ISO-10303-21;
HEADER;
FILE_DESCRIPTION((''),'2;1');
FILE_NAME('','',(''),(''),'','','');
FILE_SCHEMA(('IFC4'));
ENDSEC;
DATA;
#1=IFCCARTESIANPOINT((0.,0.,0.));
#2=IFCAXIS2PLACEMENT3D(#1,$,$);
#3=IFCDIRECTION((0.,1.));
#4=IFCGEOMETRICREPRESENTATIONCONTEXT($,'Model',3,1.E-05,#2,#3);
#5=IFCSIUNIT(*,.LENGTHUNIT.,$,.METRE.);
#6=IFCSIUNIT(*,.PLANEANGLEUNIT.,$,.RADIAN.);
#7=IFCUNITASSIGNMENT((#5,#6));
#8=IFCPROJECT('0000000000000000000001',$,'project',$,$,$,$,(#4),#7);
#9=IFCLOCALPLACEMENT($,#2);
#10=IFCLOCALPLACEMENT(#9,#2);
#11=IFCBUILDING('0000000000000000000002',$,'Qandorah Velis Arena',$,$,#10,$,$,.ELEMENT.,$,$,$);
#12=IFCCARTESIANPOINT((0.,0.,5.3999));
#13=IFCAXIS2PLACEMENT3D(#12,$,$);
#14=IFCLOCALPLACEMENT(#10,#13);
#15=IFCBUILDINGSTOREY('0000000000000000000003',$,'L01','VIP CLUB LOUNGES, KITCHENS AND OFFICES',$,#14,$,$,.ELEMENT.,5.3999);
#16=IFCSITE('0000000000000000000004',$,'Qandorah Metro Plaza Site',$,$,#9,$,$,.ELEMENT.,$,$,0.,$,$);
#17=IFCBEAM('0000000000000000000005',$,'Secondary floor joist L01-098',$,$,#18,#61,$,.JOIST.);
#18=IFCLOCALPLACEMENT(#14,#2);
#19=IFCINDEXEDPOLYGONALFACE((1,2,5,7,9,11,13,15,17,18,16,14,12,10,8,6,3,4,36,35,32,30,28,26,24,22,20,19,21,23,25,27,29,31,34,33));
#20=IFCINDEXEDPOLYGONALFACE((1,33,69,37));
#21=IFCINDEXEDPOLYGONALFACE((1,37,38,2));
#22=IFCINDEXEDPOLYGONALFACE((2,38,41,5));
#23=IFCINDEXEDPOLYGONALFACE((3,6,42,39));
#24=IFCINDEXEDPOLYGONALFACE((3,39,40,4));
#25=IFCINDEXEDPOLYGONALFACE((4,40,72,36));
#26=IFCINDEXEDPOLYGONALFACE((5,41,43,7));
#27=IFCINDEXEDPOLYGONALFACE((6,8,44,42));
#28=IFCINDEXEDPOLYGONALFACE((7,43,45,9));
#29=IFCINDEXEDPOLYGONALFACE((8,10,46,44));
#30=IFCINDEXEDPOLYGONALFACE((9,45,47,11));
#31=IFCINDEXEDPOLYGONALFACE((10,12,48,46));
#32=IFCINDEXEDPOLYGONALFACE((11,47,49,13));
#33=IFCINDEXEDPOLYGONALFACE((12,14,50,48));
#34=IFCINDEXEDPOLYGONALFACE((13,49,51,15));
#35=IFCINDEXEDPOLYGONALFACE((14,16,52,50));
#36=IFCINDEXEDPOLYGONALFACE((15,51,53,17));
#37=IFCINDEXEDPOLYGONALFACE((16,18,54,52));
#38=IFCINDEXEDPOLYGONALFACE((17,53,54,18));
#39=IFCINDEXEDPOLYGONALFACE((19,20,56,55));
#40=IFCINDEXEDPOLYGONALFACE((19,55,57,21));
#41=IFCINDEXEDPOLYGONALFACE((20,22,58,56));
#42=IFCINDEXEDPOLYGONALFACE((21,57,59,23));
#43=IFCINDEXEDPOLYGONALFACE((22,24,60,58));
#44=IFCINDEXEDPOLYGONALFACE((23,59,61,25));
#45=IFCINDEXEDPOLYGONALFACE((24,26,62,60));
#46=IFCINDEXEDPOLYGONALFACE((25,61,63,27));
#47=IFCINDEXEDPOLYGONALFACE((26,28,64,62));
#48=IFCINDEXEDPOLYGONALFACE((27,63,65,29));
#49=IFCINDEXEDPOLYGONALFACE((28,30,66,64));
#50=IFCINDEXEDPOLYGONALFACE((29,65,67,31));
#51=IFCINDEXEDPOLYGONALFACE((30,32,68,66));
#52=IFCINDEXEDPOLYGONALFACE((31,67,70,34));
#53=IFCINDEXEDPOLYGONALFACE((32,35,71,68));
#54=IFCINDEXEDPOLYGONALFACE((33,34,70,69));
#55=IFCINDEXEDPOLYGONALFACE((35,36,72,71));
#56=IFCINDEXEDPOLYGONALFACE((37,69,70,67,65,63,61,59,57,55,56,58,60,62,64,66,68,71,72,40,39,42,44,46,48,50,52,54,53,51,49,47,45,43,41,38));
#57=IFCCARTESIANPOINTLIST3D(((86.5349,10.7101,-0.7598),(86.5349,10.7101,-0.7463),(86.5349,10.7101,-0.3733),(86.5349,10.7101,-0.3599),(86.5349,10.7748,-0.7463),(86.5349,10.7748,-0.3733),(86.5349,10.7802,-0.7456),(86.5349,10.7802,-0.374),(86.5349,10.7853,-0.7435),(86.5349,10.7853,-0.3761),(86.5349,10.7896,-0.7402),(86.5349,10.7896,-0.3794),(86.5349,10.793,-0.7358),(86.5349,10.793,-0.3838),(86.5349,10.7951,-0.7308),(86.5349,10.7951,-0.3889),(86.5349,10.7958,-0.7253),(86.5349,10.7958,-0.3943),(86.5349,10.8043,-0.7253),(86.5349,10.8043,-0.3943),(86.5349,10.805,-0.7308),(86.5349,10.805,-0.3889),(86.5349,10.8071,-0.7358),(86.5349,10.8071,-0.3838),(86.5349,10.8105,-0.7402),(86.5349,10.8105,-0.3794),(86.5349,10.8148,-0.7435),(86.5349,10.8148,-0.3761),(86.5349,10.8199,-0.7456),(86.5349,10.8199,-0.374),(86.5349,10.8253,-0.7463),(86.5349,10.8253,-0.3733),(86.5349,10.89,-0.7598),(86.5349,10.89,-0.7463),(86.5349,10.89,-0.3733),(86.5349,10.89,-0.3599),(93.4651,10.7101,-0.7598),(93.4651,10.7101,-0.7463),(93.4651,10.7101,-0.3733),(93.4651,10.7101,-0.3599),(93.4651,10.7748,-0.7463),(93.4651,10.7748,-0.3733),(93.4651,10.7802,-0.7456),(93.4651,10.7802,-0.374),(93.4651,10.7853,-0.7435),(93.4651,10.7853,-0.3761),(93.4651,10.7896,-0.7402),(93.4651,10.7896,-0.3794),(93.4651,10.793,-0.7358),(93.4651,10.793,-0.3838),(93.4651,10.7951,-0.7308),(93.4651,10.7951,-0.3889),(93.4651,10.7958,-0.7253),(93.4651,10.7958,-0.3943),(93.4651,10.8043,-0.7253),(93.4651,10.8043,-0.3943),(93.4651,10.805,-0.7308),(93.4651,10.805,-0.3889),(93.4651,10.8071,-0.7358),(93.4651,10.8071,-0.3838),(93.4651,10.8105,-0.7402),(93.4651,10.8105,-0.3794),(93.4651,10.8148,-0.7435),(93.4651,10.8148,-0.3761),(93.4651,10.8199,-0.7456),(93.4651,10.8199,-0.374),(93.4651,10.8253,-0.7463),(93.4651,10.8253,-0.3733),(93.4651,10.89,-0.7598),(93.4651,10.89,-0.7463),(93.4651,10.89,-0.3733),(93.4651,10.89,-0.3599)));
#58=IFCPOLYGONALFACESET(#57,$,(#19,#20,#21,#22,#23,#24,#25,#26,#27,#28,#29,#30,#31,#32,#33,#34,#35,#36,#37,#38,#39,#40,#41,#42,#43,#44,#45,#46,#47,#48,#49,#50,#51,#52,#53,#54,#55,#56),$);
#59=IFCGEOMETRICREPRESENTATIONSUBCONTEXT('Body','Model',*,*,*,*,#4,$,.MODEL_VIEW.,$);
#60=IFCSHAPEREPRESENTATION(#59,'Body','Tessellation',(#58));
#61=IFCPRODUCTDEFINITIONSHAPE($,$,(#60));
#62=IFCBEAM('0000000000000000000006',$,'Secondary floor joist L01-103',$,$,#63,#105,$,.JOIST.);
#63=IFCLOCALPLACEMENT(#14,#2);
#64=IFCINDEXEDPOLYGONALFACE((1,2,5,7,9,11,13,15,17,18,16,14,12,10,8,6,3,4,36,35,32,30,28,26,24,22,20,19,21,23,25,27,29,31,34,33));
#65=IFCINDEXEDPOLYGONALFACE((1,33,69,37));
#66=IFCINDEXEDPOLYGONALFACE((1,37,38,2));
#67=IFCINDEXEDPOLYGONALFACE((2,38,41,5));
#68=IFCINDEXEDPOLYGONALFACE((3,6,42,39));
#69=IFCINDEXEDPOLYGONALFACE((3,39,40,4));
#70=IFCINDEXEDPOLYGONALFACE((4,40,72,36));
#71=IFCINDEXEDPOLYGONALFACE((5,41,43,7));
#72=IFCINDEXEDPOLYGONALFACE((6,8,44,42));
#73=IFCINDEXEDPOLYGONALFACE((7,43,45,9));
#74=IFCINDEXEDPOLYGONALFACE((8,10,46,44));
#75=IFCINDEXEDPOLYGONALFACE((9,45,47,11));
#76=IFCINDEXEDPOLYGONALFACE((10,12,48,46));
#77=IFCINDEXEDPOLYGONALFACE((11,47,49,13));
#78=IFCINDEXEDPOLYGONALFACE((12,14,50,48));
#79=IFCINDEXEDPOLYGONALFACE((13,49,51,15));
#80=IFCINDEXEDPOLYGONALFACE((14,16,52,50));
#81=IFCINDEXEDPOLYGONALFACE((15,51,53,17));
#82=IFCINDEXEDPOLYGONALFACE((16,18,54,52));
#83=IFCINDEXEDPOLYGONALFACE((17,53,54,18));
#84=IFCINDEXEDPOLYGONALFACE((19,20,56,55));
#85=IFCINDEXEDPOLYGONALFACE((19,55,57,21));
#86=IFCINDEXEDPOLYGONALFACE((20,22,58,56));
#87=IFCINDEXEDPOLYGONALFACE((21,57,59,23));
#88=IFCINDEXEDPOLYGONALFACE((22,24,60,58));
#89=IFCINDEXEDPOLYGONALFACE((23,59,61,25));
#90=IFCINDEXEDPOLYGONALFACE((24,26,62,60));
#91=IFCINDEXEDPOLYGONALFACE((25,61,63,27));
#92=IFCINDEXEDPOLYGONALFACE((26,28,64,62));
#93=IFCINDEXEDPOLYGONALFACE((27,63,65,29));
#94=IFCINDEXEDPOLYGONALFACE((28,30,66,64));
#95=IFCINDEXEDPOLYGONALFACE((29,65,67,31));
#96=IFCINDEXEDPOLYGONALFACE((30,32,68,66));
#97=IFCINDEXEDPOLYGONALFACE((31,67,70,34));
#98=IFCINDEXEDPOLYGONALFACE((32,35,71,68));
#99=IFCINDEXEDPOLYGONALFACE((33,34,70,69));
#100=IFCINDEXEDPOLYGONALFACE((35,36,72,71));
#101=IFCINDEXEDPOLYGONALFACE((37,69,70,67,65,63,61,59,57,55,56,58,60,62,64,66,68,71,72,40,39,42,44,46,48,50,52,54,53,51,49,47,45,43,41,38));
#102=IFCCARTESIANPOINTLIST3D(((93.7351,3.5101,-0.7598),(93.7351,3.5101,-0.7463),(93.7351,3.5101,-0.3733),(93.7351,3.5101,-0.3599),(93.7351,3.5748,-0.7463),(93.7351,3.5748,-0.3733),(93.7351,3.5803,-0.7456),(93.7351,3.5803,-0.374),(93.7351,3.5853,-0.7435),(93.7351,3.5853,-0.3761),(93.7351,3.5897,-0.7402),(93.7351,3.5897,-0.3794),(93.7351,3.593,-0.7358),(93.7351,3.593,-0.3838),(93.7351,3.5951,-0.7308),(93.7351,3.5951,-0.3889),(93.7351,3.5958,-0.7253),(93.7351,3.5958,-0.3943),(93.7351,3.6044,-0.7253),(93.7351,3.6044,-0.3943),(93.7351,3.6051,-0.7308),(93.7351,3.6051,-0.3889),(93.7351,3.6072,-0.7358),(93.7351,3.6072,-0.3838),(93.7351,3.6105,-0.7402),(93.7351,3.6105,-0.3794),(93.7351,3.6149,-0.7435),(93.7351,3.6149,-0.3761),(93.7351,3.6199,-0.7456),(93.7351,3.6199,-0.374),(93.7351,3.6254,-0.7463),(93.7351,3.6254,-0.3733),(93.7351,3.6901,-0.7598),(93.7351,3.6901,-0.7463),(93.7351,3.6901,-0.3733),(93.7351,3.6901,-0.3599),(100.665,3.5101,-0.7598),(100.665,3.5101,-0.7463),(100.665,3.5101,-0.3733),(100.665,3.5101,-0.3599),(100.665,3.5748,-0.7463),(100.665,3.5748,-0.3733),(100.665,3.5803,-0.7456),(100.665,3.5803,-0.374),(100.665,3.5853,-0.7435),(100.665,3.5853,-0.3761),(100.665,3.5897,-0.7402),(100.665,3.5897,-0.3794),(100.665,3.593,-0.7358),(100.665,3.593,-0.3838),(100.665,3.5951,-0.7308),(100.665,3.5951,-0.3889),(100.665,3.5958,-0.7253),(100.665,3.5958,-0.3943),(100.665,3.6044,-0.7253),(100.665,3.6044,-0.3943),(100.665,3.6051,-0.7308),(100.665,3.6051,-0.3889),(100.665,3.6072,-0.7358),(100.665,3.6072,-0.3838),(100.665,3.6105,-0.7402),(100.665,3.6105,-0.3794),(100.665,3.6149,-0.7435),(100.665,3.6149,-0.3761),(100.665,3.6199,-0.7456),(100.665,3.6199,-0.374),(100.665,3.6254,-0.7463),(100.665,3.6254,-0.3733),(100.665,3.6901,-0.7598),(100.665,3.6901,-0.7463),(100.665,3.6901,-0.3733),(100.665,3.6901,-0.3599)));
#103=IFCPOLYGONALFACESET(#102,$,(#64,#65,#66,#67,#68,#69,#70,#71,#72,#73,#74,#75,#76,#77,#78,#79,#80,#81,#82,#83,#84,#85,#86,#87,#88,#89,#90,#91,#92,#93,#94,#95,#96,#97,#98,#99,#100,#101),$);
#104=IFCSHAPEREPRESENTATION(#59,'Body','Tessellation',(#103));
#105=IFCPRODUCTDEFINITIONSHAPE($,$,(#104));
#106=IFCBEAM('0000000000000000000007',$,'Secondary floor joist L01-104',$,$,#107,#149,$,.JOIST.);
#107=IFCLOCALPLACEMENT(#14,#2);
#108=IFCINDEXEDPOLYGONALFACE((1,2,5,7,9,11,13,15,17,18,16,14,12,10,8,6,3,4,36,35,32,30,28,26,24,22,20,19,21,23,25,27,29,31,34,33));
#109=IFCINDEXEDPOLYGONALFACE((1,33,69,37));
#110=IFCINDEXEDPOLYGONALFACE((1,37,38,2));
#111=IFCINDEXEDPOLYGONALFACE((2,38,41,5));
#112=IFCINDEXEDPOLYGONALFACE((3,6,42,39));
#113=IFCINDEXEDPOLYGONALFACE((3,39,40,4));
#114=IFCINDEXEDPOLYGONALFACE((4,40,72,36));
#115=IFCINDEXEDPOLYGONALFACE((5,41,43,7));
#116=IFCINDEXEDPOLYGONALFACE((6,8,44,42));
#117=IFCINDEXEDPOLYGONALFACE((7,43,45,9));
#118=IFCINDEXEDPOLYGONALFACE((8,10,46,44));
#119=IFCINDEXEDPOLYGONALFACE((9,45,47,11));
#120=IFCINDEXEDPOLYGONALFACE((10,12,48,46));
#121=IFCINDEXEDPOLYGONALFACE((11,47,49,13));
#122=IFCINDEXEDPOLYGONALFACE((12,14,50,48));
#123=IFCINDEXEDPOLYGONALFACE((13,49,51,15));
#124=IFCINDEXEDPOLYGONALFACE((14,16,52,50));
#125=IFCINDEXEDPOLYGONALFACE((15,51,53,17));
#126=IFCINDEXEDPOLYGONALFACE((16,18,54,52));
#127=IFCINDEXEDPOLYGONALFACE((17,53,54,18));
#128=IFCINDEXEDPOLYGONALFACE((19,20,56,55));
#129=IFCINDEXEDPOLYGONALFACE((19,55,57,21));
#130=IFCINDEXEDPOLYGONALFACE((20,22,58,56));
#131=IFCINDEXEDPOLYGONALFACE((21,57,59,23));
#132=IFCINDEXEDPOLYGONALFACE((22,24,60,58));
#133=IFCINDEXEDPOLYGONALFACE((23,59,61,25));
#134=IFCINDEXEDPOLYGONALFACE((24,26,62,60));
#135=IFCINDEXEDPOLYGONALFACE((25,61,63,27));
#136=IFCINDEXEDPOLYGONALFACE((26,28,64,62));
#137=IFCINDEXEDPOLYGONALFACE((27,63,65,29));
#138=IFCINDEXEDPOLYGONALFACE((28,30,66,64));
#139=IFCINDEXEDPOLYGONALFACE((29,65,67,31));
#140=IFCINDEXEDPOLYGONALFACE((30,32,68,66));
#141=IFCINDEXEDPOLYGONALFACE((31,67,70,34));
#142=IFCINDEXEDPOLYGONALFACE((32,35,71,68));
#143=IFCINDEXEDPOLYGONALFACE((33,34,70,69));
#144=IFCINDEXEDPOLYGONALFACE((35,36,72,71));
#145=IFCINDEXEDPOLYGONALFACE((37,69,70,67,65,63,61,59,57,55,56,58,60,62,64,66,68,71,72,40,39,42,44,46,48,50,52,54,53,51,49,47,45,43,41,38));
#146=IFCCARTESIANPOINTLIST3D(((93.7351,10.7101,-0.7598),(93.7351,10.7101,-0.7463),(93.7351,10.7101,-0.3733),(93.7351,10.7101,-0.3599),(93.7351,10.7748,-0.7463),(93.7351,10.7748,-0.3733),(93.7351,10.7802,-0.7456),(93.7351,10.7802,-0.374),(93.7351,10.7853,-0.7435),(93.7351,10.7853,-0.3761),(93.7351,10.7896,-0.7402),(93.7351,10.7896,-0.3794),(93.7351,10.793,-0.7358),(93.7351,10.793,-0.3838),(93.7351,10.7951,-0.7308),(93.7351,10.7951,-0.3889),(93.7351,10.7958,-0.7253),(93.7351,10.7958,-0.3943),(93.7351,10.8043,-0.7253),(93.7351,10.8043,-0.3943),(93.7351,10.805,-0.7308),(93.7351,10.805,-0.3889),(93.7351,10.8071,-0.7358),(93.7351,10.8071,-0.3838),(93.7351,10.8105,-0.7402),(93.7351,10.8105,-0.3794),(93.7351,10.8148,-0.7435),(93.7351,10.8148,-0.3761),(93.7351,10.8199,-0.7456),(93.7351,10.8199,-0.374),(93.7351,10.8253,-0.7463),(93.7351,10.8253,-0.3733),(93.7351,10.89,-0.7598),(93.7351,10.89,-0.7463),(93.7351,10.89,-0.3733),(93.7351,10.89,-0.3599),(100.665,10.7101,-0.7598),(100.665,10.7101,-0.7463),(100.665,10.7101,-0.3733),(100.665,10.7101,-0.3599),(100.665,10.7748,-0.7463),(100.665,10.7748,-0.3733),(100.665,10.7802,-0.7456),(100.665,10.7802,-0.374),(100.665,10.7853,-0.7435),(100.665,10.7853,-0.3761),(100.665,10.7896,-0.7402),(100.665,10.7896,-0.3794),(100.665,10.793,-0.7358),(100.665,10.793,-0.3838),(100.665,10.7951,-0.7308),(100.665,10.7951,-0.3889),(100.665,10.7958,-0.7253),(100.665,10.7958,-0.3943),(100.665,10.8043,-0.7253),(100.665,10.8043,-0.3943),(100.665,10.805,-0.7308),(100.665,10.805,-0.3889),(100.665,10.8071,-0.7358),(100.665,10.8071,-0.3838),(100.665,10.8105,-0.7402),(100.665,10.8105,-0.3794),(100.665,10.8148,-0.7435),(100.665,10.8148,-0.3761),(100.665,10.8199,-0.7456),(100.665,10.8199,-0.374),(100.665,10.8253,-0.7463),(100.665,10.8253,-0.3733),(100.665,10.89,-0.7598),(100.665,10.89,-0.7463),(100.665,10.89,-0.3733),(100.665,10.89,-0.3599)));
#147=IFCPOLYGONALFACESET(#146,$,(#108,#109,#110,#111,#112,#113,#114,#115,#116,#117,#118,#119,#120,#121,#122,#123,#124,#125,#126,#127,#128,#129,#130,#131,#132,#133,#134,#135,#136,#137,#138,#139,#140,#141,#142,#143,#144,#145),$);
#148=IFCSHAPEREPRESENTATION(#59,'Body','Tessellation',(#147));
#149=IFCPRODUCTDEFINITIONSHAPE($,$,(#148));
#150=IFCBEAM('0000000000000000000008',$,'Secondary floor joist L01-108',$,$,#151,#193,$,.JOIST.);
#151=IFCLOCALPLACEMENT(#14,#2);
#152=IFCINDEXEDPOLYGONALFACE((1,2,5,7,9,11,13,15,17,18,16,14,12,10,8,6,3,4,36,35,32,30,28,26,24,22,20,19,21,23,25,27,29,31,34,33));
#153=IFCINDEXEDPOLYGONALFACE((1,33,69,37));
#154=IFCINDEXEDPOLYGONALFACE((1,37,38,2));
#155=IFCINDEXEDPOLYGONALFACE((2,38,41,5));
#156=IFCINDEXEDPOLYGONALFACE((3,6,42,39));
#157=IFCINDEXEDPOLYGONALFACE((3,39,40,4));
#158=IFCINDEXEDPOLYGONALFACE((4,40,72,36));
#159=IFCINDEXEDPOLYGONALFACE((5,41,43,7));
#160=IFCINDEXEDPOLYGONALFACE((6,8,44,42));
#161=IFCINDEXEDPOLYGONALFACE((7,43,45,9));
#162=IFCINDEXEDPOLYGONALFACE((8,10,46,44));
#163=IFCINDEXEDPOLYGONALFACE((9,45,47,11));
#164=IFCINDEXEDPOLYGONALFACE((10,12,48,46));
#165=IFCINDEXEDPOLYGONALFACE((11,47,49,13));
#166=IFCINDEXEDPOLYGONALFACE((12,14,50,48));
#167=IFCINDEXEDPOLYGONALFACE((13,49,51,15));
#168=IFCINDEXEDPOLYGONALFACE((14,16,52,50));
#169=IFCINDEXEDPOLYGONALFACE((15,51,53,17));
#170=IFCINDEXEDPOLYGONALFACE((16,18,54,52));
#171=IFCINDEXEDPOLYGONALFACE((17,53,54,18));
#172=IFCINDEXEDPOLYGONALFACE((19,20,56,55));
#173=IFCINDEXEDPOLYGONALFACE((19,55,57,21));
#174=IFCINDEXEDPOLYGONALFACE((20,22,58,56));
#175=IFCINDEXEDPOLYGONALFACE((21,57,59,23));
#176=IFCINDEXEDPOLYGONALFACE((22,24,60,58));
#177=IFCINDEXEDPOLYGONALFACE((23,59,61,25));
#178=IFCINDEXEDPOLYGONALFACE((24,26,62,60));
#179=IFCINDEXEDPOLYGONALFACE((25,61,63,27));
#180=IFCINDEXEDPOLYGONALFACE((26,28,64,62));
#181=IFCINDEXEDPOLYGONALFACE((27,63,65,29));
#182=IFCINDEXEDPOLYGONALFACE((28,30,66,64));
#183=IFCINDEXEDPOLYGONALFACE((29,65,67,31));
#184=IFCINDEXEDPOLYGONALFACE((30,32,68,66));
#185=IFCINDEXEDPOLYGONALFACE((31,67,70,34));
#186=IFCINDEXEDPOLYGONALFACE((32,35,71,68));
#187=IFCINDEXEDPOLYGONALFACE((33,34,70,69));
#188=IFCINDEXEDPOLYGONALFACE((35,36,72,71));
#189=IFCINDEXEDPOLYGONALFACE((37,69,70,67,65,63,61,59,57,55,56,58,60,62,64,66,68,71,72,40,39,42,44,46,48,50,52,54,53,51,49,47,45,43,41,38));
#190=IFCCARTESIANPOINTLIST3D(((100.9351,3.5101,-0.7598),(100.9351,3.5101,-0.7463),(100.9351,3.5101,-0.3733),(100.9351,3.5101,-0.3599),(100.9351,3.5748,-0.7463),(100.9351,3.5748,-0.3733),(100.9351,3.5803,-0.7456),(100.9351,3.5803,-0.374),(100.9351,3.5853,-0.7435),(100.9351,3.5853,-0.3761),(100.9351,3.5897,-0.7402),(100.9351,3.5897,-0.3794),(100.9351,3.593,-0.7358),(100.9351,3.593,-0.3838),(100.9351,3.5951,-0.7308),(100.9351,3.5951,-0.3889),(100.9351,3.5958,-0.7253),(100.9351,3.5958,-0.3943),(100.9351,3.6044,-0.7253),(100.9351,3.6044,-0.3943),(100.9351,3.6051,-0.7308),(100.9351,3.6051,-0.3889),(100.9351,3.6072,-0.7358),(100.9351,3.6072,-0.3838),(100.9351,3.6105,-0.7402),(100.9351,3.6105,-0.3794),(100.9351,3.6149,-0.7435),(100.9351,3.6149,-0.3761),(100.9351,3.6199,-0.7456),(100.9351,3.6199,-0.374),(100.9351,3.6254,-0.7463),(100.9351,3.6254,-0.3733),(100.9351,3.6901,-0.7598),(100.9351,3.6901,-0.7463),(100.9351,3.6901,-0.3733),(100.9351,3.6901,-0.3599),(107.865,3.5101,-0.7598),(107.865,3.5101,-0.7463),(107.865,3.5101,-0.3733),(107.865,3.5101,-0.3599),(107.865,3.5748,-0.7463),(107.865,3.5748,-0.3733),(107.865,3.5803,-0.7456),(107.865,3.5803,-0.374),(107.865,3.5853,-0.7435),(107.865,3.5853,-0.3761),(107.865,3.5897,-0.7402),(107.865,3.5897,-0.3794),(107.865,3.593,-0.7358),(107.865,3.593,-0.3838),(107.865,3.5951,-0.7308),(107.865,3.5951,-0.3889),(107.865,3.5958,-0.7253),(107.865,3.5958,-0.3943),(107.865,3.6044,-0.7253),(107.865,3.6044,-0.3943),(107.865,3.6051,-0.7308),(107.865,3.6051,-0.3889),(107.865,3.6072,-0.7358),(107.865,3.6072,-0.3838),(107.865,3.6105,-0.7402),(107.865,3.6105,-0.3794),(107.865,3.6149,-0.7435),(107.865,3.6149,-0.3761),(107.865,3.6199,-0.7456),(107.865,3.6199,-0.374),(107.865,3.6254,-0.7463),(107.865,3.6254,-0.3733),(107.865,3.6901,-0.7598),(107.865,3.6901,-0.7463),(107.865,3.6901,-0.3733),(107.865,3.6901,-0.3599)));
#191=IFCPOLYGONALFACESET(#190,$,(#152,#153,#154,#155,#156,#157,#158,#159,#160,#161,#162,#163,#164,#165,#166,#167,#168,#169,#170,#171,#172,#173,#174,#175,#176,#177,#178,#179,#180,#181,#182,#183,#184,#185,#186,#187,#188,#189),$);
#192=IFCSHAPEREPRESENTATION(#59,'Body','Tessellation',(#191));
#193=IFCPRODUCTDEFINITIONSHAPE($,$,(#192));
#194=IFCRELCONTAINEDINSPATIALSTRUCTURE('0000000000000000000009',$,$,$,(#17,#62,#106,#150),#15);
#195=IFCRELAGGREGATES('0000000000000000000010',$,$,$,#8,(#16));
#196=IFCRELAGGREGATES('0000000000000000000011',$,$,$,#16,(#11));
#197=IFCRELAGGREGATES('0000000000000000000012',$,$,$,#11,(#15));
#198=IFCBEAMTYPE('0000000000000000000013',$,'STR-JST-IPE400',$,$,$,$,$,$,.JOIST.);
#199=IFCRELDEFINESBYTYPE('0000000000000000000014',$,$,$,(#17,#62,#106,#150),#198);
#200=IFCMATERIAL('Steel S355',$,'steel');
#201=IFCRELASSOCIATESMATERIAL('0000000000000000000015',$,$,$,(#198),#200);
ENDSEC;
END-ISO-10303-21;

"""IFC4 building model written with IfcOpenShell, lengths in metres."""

from ifc_helpers import new_model, si_unit, direction, frame, origin, origin_2d, place, context, subcontext, project, spatial, i_section, extrude, material, material_profile, profile_set, type_object, element, save


model = new_model("IFC4")

# Units and contexts
model_context = context("Model", 3, precision=1e-05, world=origin(), true_north=direction((0.0, 1.0)))
body_context = subcontext(model_context, "Body", "Model", "MODEL_VIEW")
ifc_project = project(units=[si_unit("LENGTHUNIT", "METRE"), si_unit("PLANEANGLEUNIT", "RADIAN")], contexts=[model_context])

# Site, building, storey
site_placement = place(None, origin())
site = spatial("IfcSite", under=ifc_project, at=site_placement, Name="Qandorah Metro Plaza Site", CompositionType="ELEMENT", RefElevation=0.0)
building_placement = place(site_placement, origin())
building = spatial("IfcBuilding", under=site, at=building_placement, Name="Qandorah Velis Arena", CompositionType="ELEMENT")
storey_placement = place(building_placement, frame((0.0, 0.0, 5.3999)))
storey = spatial("IfcBuildingStorey", under=building, at=storey_placement, Name="L01", Description="VIP CLUB LOUNGES, KITCHENS AND OFFICES", CompositionType="ELEMENT", Elevation=5.3999)

# Beams
ifc_material_1 = material(Name="Steel S355", Category="steel")
ifc_material_profile_1 = material_profile(ifc_material_1, i_section(OverallWidth=0.1799, OverallDepth=0.3999, WebThickness=0.0085, FlangeThickness=0.0134, FilletRadius=0.021, at=origin_2d()), Name="IPE 400")
ifc_profile_set_1 = profile_set([ifc_material_profile_1], Name="Steel S355")
beam_type_1 = type_object("IfcBeamType", Name="STR-JST-IPE400", PredefinedType="JOIST", material=ifc_profile_set_1)
for number, where, z_axis, x_axis, name in (
    (1, (86.5349, 10.8, -0.5598), (1.0, 0.0, 0.0), (0.0, 1.0, 0.0), "Secondary floor joist L01-098"),
):
    element("IfcBeam", number, at=place(storey_placement, frame(where, z_axis=z_axis, x_axis=x_axis)), inside=storey, type_object=beam_type_1, Name=name, PredefinedType="JOIST", context=body_context, shape_type="SweptSolid", body=[
        extrude(i_section(OverallWidth=0.1799, OverallDepth=0.3999, WebThickness=0.0085, FlangeThickness=0.0134, FilletRadius=0.021, at=origin_2d()), origin(), (0.0, 0.0, 1.0), 6.9302),
    ])
for number, where, z_axis, x_axis, name in (
    (2, (93.7351, 3.6001, -0.5598), (1.0, 0.0, 0.0), (0.0, 1.0, 0.0), "Secondary floor joist L01-103"),
    (3, (93.7351, 10.8, -0.5598), (1.0, 0.0, 0.0), (0.0, 1.0, 0.0), "Secondary floor joist L01-104"),
    (4, (100.9351, 3.6001, -0.5598), (1.0, 0.0, 0.0), (0.0, 1.0, 0.0), "Secondary floor joist L01-108"),
):
    element("IfcBeam", number, at=place(storey_placement, frame(where, z_axis=z_axis, x_axis=x_axis)), inside=storey, type_object=beam_type_1, Name=name, PredefinedType="JOIST", context=body_context, shape_type="SweptSolid", body=[
        extrude(i_section(OverallWidth=0.1799, OverallDepth=0.3999, WebThickness=0.0085, FlangeThickness=0.0134, FilletRadius=0.021, at=origin_2d()), origin(), (0.0, 0.0, 1.0), 6.9299),
    ])

save(model, "model.ifc")
